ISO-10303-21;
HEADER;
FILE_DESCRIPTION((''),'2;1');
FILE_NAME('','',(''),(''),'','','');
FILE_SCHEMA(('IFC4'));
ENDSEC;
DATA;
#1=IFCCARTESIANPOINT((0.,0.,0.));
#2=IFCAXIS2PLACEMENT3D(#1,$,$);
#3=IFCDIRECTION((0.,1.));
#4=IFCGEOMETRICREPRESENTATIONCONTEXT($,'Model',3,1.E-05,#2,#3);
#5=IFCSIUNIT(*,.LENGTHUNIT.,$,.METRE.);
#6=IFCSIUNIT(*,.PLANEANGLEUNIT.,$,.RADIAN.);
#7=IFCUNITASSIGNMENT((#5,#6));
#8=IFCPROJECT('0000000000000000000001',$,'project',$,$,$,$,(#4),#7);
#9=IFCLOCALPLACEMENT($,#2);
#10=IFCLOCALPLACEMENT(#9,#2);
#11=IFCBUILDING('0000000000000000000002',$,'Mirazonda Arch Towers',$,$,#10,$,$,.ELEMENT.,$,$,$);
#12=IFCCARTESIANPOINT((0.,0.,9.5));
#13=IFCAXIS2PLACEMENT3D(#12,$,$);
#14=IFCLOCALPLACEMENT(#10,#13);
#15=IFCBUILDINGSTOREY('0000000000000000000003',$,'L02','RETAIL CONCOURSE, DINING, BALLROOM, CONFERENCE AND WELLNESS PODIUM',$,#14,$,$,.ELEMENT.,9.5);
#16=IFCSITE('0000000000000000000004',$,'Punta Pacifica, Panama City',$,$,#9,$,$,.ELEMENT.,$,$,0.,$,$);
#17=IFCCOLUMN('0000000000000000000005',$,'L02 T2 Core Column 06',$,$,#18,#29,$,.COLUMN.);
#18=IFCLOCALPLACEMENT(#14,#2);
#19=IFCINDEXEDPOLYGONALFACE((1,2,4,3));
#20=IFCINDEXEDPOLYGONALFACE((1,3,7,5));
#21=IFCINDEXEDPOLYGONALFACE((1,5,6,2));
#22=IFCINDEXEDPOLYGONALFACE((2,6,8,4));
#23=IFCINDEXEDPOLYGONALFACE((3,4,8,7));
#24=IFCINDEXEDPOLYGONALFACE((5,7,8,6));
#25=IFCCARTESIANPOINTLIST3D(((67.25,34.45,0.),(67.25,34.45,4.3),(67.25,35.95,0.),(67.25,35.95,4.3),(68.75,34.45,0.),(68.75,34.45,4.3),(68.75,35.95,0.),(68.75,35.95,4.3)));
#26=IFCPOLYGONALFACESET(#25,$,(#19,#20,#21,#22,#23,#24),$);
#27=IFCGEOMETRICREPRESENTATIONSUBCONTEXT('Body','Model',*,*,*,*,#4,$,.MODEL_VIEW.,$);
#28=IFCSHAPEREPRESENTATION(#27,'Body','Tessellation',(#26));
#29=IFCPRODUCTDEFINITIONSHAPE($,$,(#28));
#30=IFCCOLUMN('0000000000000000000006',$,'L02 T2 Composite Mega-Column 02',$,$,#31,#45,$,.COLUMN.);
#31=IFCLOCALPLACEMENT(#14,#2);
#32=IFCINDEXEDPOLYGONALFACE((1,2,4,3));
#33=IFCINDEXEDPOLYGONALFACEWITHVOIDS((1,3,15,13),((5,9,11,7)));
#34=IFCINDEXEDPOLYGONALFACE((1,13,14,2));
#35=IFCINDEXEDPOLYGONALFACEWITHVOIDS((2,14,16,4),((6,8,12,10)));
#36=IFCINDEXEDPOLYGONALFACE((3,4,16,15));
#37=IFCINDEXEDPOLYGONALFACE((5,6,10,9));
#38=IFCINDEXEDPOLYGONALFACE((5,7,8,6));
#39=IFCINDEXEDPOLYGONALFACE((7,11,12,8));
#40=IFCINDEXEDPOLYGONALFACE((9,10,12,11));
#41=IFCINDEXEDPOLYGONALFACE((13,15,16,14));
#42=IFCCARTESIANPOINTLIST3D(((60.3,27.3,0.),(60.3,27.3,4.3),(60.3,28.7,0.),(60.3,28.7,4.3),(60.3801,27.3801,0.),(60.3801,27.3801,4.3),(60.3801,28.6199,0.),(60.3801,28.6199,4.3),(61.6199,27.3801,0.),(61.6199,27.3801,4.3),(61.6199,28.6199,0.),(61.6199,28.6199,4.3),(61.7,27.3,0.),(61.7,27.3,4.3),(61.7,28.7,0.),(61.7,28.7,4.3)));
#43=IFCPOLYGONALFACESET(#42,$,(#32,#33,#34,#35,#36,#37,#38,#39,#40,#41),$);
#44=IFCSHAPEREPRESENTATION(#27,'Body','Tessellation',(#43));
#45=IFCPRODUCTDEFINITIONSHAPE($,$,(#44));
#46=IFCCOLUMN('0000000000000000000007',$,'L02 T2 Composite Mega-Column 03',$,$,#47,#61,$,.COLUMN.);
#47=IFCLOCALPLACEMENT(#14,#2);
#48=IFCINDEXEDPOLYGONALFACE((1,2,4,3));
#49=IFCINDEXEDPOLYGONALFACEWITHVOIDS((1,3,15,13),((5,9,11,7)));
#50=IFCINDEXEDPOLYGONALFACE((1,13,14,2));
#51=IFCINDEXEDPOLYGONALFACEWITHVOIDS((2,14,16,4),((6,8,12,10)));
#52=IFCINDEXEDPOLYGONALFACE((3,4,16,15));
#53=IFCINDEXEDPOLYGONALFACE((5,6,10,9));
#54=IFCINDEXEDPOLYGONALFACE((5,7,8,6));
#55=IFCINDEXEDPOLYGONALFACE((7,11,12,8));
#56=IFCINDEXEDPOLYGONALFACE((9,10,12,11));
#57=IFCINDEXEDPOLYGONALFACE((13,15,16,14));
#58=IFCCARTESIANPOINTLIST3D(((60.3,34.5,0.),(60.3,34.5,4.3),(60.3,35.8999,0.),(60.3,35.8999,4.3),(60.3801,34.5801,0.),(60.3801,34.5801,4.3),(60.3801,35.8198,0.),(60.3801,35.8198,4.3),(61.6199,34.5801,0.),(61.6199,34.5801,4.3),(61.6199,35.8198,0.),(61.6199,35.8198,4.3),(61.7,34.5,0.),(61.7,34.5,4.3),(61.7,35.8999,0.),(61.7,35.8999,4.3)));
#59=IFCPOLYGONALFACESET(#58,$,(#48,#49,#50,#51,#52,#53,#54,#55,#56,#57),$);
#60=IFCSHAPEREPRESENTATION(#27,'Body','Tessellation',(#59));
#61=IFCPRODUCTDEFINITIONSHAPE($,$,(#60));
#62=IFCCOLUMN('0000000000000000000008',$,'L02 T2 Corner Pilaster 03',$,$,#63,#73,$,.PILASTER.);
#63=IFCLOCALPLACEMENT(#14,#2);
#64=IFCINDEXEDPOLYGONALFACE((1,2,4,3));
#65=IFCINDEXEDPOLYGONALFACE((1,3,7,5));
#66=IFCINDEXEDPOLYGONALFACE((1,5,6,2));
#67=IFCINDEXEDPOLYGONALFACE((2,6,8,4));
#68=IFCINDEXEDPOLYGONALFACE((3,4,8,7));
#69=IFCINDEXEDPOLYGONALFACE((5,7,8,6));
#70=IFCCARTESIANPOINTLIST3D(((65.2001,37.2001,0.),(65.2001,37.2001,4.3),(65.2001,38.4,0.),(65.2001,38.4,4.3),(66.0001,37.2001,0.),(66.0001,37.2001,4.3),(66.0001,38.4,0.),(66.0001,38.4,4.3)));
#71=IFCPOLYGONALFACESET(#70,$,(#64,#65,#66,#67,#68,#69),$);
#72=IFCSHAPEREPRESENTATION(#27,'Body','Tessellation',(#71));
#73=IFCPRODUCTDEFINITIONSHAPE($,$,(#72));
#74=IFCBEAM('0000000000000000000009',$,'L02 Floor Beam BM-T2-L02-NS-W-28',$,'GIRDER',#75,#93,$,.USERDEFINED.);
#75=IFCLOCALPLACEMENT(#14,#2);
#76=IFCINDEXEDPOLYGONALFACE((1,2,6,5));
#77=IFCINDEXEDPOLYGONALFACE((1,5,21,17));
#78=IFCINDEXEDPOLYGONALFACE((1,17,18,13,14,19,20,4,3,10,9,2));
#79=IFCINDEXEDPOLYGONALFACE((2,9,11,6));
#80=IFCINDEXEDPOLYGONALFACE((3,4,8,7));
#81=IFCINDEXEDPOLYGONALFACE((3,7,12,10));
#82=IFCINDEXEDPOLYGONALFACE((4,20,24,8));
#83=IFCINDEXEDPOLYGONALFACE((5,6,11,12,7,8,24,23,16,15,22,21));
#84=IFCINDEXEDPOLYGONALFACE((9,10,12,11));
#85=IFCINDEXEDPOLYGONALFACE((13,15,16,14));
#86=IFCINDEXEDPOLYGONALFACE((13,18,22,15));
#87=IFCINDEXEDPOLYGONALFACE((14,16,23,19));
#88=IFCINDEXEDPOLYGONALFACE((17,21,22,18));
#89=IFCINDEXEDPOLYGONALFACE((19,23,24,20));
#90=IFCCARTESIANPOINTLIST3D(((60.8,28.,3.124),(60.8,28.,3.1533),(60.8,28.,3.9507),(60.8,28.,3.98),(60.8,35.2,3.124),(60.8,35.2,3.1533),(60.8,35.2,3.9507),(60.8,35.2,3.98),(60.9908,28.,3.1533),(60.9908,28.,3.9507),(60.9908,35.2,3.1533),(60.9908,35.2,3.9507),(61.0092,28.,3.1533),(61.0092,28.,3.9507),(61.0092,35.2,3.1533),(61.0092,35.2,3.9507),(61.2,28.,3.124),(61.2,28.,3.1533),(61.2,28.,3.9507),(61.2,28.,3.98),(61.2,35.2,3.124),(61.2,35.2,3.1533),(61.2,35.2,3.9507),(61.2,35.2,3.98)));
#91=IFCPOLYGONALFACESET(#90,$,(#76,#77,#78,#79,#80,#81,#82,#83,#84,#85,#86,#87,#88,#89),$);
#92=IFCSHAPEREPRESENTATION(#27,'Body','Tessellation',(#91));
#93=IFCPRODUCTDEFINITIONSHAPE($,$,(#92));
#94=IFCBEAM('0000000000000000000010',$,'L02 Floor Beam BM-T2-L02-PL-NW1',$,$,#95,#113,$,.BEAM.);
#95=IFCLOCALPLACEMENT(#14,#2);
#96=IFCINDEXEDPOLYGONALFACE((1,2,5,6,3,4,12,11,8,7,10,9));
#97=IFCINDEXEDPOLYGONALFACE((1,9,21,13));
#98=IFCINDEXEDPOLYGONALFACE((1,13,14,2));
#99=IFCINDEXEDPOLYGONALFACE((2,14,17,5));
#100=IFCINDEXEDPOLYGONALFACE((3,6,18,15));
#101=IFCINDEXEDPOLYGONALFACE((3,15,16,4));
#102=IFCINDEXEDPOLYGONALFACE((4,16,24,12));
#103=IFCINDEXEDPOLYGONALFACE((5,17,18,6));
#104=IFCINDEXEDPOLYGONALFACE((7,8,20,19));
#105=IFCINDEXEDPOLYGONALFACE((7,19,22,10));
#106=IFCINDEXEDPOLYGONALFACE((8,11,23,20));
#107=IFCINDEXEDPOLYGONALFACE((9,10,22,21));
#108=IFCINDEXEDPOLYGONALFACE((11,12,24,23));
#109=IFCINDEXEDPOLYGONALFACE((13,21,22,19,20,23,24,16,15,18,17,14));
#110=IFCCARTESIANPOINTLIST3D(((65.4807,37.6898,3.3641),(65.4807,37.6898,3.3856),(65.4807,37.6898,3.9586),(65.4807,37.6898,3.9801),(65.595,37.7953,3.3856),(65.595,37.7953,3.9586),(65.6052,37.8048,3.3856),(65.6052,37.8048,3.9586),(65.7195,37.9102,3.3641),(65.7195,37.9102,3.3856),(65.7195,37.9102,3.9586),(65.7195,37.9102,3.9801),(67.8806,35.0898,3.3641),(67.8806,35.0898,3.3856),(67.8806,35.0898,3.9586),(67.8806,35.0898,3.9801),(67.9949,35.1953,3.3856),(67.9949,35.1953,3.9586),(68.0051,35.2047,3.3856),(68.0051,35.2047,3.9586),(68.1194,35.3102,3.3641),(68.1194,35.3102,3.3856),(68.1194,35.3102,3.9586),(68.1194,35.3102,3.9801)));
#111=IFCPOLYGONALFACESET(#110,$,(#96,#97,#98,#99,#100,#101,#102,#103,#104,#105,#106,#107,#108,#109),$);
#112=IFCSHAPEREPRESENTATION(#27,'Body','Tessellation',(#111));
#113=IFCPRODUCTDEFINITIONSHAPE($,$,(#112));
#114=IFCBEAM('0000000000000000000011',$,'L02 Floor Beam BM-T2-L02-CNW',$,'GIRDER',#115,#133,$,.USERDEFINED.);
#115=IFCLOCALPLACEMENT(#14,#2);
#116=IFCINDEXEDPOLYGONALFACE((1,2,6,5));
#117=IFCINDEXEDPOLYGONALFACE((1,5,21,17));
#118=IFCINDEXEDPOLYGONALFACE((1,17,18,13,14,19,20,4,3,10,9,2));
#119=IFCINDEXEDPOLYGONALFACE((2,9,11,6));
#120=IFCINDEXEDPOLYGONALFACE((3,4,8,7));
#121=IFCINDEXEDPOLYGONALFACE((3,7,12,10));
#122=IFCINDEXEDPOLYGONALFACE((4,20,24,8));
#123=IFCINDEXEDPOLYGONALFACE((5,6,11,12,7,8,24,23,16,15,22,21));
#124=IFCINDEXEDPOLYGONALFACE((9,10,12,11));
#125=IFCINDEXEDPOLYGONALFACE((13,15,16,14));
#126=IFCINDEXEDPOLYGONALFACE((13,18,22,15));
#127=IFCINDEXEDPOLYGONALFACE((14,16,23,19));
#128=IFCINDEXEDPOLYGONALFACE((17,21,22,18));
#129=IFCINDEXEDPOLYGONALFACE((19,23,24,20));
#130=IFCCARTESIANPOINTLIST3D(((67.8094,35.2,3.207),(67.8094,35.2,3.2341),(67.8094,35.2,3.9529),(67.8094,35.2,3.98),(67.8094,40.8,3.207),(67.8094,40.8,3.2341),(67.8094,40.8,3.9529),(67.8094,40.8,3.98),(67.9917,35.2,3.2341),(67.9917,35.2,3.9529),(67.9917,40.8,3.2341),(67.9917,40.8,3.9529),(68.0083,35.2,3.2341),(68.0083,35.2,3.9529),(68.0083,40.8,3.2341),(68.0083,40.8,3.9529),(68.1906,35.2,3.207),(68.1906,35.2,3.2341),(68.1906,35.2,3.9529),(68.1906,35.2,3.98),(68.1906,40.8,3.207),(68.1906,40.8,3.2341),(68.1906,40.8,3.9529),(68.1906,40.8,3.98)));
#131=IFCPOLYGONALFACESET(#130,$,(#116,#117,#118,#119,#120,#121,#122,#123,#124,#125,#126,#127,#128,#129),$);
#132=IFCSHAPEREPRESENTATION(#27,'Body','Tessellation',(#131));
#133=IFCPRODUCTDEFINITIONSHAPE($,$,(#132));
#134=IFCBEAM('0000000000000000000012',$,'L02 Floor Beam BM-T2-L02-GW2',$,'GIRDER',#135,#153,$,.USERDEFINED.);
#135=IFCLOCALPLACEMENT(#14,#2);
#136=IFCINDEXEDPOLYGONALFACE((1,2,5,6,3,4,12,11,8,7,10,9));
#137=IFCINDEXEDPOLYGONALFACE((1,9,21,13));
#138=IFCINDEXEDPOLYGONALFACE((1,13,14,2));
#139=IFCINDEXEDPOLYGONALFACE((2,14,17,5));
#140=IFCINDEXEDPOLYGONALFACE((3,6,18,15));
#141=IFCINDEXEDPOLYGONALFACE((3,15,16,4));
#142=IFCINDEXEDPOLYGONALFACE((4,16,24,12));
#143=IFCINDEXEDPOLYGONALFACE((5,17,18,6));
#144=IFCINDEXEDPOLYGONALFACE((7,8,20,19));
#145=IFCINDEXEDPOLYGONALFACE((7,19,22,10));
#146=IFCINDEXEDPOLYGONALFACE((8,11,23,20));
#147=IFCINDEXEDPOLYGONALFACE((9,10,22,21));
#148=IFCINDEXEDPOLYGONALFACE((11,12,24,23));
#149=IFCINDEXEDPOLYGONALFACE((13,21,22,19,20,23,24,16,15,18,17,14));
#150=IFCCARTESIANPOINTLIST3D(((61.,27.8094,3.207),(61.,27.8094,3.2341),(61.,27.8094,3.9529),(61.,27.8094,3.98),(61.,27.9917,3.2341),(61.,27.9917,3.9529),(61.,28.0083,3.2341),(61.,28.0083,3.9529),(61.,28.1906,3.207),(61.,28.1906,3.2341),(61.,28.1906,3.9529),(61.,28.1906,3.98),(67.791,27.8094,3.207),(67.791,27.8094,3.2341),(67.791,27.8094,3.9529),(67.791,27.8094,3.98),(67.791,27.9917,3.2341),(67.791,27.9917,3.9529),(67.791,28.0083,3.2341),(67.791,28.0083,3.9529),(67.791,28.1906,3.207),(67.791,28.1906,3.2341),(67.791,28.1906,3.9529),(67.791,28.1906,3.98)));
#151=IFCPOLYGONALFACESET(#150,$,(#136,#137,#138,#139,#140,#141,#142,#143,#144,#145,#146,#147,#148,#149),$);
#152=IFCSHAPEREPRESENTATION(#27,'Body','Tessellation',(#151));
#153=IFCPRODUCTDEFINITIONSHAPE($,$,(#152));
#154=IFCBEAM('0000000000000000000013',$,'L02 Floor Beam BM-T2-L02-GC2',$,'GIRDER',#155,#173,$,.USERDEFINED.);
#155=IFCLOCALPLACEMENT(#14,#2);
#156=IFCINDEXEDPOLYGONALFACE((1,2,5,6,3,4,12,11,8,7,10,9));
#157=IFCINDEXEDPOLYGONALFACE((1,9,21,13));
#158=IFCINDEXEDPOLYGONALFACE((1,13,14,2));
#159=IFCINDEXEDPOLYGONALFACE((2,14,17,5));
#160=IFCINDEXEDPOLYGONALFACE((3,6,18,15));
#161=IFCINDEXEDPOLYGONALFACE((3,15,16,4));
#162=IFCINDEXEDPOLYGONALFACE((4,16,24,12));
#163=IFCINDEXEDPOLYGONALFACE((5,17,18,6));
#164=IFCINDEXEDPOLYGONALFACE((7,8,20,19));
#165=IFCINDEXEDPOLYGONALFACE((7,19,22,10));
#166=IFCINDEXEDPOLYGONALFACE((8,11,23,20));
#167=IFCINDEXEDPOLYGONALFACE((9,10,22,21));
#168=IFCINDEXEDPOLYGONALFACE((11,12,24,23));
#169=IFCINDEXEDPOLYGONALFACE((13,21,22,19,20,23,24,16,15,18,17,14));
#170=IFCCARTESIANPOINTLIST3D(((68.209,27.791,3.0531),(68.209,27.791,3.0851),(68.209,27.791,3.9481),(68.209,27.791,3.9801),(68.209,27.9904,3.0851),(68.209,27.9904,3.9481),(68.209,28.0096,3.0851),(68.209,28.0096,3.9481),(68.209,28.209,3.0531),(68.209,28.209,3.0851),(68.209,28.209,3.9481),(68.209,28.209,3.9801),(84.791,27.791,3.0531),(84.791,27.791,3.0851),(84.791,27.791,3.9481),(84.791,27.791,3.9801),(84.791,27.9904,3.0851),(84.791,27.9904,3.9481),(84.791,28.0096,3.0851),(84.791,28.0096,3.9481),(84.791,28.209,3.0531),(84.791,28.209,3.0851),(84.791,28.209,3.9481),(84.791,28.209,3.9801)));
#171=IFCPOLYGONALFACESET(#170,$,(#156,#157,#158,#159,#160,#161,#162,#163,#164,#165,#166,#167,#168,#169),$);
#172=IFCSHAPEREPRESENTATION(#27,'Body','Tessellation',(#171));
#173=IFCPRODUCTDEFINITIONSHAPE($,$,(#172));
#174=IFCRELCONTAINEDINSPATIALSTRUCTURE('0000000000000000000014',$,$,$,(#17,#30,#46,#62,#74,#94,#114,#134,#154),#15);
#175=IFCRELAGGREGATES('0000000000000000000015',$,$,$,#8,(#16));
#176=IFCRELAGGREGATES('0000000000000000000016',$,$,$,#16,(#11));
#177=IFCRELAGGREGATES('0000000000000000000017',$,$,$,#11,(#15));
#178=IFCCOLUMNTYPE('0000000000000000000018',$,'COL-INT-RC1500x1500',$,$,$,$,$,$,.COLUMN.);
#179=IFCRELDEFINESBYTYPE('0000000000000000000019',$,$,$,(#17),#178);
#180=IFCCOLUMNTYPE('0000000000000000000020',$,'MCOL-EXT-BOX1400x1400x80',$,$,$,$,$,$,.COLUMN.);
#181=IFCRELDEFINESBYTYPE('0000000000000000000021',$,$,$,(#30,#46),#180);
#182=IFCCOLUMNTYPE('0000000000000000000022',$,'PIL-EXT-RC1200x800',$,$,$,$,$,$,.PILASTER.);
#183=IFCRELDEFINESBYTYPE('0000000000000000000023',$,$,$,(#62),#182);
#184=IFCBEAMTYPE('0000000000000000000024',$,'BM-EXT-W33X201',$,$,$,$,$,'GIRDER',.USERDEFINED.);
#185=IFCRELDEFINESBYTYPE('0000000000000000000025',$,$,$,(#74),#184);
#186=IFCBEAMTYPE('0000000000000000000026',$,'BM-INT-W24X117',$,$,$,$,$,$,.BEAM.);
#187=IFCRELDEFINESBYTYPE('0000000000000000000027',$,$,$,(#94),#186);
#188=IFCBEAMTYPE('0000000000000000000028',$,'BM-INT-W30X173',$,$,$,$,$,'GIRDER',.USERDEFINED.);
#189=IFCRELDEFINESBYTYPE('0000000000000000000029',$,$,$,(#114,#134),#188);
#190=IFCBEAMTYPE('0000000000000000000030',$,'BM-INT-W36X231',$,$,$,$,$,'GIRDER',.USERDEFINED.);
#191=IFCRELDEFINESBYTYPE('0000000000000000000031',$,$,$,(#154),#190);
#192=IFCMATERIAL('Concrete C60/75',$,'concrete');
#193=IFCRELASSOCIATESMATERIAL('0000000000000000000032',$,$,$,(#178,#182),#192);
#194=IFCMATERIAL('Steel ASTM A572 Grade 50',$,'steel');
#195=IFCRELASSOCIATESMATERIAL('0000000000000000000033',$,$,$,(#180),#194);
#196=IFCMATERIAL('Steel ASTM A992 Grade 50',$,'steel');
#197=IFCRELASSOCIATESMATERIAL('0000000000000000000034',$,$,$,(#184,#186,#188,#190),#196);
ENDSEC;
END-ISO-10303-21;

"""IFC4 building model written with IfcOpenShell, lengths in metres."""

from ifc_helpers import new_model, si_unit, direction, frame, origin, origin_2d, place, context, subcontext, project, spatial, rectangle, hollow_rectangle, i_section, extrude, material, material_profile, profile_set, type_object, element, save


model = new_model("IFC4")

# Units and contexts
model_context = context("Model", 3, precision=1e-05, world=origin(), true_north=direction((0.0, 1.0)))
body_context = subcontext(model_context, "Body", "Model", "MODEL_VIEW")
ifc_project = project(units=[si_unit("LENGTHUNIT", "METRE"), si_unit("PLANEANGLEUNIT", "RADIAN")], contexts=[model_context])

# Site, building, storey
site_placement = place(None, origin())
site = spatial("IfcSite", under=ifc_project, at=site_placement, Name="Punta Pacifica, Panama City", CompositionType="ELEMENT", RefElevation=0.0)
building_placement = place(site_placement, origin())
building = spatial("IfcBuilding", under=site, at=building_placement, Name="Mirazonda Arch Towers", CompositionType="ELEMENT")
storey_placement = place(building_placement, frame((0.0, 0.0, 9.5)))
storey = spatial("IfcBuildingStorey", under=building, at=storey_placement, Name="L02", Description="RETAIL CONCOURSE, DINING, BALLROOM, CONFERENCE AND WELLNESS PODIUM", CompositionType="ELEMENT", Elevation=9.5)

# Columns
ifc_material_1 = material(Name="Concrete C60/75", Category="concrete")
ifc_material_profile_1 = material_profile(ifc_material_1, rectangle(XDim=1.5, YDim=1.5, at=origin_2d()), Name="RC1500x1500")
ifc_profile_set_1 = profile_set([ifc_material_profile_1], Name="Concrete C60/75")
column_type_1 = type_object("IfcColumnType", Name="COL-INT-RC1500x1500", PredefinedType="COLUMN", material=ifc_profile_set_1)
column_1_placement = place(storey_placement, frame((68.0, 35.2, 0.0), z_axis=(0.0, 0.0, 1.0), x_axis=(1.0, 0.0, 0.0)))
element("IfcColumn", 1, at=column_1_placement, inside=storey, type_object=column_type_1, Name="L02 T2 Core Column 06", PredefinedType="COLUMN", context=body_context, shape_type="SweptSolid", body=[
    extrude(rectangle(XDim=1.5, YDim=1.5, at=origin_2d()), origin(), (0.0, 0.0, 1.0), 4.3),
])
ifc_material_2 = material(Name="Steel ASTM A572 Grade 50", Category="steel")
ifc_material_profile_2 = material_profile(ifc_material_2, hollow_rectangle(XDim=1.3999, YDim=1.3999, WallThickness=0.0801, at=origin_2d()), Name="BOX1400x1400x80")
ifc_profile_set_2 = profile_set([ifc_material_profile_2], Name="Steel ASTM A572 Grade 50")
column_type_2 = type_object("IfcColumnType", Name="MCOL-EXT-BOX1400x1400x80", PredefinedType="COLUMN", material=ifc_profile_set_2)
for number, where, z_axis, x_axis, name in (
    (2, (61.0, 28.0, 0.0), (0.0, 0.0, 1.0), (1.0, 0.0, 0.0), "L02 T2 Composite Mega-Column 02"),
    (3, (61.0, 35.2, 0.0), (0.0, 0.0, 1.0), (1.0, 0.0, 0.0), "L02 T2 Composite Mega-Column 03"),
):
    element("IfcColumn", number, at=place(storey_placement, frame(where, z_axis=z_axis, x_axis=x_axis)), inside=storey, type_object=column_type_2, Name=name, PredefinedType="COLUMN", context=body_context, shape_type="SweptSolid", body=[
        extrude(hollow_rectangle(XDim=1.3999, YDim=1.3999, WallThickness=0.0801, at=origin_2d()), origin(), (0.0, 0.0, 1.0), 4.3),
    ])
ifc_material_profile_3 = material_profile(ifc_material_1, rectangle(XDim=0.8, YDim=1.2, at=origin_2d()), Name="RC1200x800")
ifc_profile_set_3 = profile_set([ifc_material_profile_3], Name="Concrete C60/75")
column_type_3 = type_object("IfcColumnType", Name="PIL-EXT-RC1200x800", PredefinedType="PILASTER", material=ifc_profile_set_3)
column_2_placement = place(storey_placement, frame((65.6001, 37.8, 0.0), z_axis=(0.0, 0.0, 1.0), x_axis=(1.0, 0.0, 0.0)))
element("IfcColumn", 4, at=column_2_placement, inside=storey, type_object=column_type_3, Name="L02 T2 Corner Pilaster 03", PredefinedType="PILASTER", context=body_context, shape_type="SweptSolid", body=[
    extrude(rectangle(XDim=0.8, YDim=1.2, at=origin_2d()), origin(), (0.0, 0.0, 1.0), 4.3),
])

# Beams
ifc_material_3 = material(Name="Steel ASTM A992 Grade 50", Category="steel")
ifc_material_profile_4 = material_profile(ifc_material_3, i_section(OverallWidth=0.3999, OverallDepth=0.856, WebThickness=0.0183, FlangeThickness=0.0293, at=origin_2d()), Name="W33X201")
ifc_profile_set_4 = profile_set([ifc_material_profile_4], Name="Steel ASTM A992 Grade 50")
beam_type_1 = type_object("IfcBeamType", Name="BM-EXT-W33X201", ElementType="GIRDER", PredefinedType="USERDEFINED", material=ifc_profile_set_4)
beam_1_placement = place(storey_placement, frame((61.0, 28.0, 3.552), z_axis=(0.0, 1.0, 0.0), x_axis=(-1.0, 0.0, 0.0)))
element("IfcBeam", 5, at=beam_1_placement, inside=storey, type_object=beam_type_1, Name="L02 Floor Beam BM-T2-L02-NS-W-28", ObjectType="GIRDER", PredefinedType="USERDEFINED", context=body_context, shape_type="SweptSolid", body=[
    extrude(i_section(OverallWidth=0.3999, OverallDepth=0.856, WebThickness=0.0183, FlangeThickness=0.0293, at=origin_2d()), origin(), (0.0, 0.0, 1.0), 7.2),
])
ifc_material_profile_5 = material_profile(ifc_material_3, i_section(OverallWidth=0.325, OverallDepth=0.616, WebThickness=0.0139, FlangeThickness=0.0215, at=origin_2d()), Name="W24X117")
ifc_profile_set_5 = profile_set([ifc_material_profile_5], Name="Steel ASTM A992 Grade 50")
beam_type_2 = type_object("IfcBeamType", Name="BM-INT-W24X117", PredefinedType="BEAM", material=ifc_profile_set_5)
beam_2_placement = place(storey_placement, frame((65.6001, 37.8, 3.6721), z_axis=(0.678251, -0.73483, 0.0), x_axis=(0.73483, 0.678251, 0.0)))
element("IfcBeam", 6, at=beam_2_placement, inside=storey, type_object=beam_type_2, Name="L02 Floor Beam BM-T2-L02-PL-NW1", PredefinedType="BEAM", context=body_context, shape_type="SweptSolid", body=[
    extrude(i_section(OverallWidth=0.325, OverallDepth=0.616, WebThickness=0.0139, FlangeThickness=0.0215, at=origin_2d()), origin(), (0.0, 0.0, 1.0), 3.5383),
])
ifc_material_profile_6 = material_profile(ifc_material_3, i_section(OverallWidth=0.3811, OverallDepth=0.7729, WebThickness=0.0166, FlangeThickness=0.0271, at=origin_2d()), Name="W30X173")
ifc_profile_set_6 = profile_set([ifc_material_profile_6], Name="Steel ASTM A992 Grade 50")
beam_type_3 = type_object("IfcBeamType", Name="BM-INT-W30X173", ElementType="GIRDER", PredefinedType="USERDEFINED", material=ifc_profile_set_6)
beam_3_placement = place(storey_placement, frame((68.0, 35.2, 3.5935), z_axis=(0.0, 1.0, 0.0), x_axis=(-1.0, 0.0, 0.0)))
element("IfcBeam", 7, at=beam_3_placement, inside=storey, type_object=beam_type_3, Name="L02 Floor Beam BM-T2-L02-CNW", ObjectType="GIRDER", PredefinedType="USERDEFINED", context=body_context, shape_type="SweptSolid", body=[
    extrude(i_section(OverallWidth=0.3811, OverallDepth=0.7729, WebThickness=0.0166, FlangeThickness=0.0271, at=origin_2d()), origin(), (0.0, 0.0, 1.0), 5.6001),
])
beam_4_placement = place(storey_placement, frame((61.0, 28.0, 3.5935), z_axis=(1.0, 0.0, 0.0), x_axis=(0.0, 1.0, 0.0)))
element("IfcBeam", 8, at=beam_4_placement, inside=storey, type_object=beam_type_3, Name="L02 Floor Beam BM-T2-L02-GW2", ObjectType="GIRDER", PredefinedType="USERDEFINED", context=body_context, shape_type="SweptSolid", body=[
    extrude(i_section(OverallWidth=0.3811, OverallDepth=0.7729, WebThickness=0.0166, FlangeThickness=0.0271, at=origin_2d()), origin(), (0.0, 0.0, 1.0), 6.791),
])
ifc_material_profile_7 = material_profile(ifc_material_3, i_section(OverallWidth=0.418, OverallDepth=0.927, WebThickness=0.0193, FlangeThickness=0.032, at=origin_2d()), Name="W36X231")
ifc_profile_set_7 = profile_set([ifc_material_profile_7], Name="Steel ASTM A992 Grade 50")
beam_type_4 = type_object("IfcBeamType", Name="BM-INT-W36X231", ElementType="GIRDER", PredefinedType="USERDEFINED", material=ifc_profile_set_7)
beam_5_placement = place(storey_placement, frame((68.209, 28.0, 3.5166), z_axis=(1.0, 0.0, 0.0), x_axis=(0.0, 1.0, 0.0)))
element("IfcBeam", 9, at=beam_5_placement, inside=storey, type_object=beam_type_4, Name="L02 Floor Beam BM-T2-L02-GC2", ObjectType="GIRDER", PredefinedType="USERDEFINED", context=body_context, shape_type="SweptSolid", body=[
    extrude(i_section(OverallWidth=0.418, OverallDepth=0.927, WebThickness=0.0193, FlangeThickness=0.032, at=origin_2d()), origin(), (0.0, 0.0, 1.0), 16.582),
])

save(model, "model.ifc")
